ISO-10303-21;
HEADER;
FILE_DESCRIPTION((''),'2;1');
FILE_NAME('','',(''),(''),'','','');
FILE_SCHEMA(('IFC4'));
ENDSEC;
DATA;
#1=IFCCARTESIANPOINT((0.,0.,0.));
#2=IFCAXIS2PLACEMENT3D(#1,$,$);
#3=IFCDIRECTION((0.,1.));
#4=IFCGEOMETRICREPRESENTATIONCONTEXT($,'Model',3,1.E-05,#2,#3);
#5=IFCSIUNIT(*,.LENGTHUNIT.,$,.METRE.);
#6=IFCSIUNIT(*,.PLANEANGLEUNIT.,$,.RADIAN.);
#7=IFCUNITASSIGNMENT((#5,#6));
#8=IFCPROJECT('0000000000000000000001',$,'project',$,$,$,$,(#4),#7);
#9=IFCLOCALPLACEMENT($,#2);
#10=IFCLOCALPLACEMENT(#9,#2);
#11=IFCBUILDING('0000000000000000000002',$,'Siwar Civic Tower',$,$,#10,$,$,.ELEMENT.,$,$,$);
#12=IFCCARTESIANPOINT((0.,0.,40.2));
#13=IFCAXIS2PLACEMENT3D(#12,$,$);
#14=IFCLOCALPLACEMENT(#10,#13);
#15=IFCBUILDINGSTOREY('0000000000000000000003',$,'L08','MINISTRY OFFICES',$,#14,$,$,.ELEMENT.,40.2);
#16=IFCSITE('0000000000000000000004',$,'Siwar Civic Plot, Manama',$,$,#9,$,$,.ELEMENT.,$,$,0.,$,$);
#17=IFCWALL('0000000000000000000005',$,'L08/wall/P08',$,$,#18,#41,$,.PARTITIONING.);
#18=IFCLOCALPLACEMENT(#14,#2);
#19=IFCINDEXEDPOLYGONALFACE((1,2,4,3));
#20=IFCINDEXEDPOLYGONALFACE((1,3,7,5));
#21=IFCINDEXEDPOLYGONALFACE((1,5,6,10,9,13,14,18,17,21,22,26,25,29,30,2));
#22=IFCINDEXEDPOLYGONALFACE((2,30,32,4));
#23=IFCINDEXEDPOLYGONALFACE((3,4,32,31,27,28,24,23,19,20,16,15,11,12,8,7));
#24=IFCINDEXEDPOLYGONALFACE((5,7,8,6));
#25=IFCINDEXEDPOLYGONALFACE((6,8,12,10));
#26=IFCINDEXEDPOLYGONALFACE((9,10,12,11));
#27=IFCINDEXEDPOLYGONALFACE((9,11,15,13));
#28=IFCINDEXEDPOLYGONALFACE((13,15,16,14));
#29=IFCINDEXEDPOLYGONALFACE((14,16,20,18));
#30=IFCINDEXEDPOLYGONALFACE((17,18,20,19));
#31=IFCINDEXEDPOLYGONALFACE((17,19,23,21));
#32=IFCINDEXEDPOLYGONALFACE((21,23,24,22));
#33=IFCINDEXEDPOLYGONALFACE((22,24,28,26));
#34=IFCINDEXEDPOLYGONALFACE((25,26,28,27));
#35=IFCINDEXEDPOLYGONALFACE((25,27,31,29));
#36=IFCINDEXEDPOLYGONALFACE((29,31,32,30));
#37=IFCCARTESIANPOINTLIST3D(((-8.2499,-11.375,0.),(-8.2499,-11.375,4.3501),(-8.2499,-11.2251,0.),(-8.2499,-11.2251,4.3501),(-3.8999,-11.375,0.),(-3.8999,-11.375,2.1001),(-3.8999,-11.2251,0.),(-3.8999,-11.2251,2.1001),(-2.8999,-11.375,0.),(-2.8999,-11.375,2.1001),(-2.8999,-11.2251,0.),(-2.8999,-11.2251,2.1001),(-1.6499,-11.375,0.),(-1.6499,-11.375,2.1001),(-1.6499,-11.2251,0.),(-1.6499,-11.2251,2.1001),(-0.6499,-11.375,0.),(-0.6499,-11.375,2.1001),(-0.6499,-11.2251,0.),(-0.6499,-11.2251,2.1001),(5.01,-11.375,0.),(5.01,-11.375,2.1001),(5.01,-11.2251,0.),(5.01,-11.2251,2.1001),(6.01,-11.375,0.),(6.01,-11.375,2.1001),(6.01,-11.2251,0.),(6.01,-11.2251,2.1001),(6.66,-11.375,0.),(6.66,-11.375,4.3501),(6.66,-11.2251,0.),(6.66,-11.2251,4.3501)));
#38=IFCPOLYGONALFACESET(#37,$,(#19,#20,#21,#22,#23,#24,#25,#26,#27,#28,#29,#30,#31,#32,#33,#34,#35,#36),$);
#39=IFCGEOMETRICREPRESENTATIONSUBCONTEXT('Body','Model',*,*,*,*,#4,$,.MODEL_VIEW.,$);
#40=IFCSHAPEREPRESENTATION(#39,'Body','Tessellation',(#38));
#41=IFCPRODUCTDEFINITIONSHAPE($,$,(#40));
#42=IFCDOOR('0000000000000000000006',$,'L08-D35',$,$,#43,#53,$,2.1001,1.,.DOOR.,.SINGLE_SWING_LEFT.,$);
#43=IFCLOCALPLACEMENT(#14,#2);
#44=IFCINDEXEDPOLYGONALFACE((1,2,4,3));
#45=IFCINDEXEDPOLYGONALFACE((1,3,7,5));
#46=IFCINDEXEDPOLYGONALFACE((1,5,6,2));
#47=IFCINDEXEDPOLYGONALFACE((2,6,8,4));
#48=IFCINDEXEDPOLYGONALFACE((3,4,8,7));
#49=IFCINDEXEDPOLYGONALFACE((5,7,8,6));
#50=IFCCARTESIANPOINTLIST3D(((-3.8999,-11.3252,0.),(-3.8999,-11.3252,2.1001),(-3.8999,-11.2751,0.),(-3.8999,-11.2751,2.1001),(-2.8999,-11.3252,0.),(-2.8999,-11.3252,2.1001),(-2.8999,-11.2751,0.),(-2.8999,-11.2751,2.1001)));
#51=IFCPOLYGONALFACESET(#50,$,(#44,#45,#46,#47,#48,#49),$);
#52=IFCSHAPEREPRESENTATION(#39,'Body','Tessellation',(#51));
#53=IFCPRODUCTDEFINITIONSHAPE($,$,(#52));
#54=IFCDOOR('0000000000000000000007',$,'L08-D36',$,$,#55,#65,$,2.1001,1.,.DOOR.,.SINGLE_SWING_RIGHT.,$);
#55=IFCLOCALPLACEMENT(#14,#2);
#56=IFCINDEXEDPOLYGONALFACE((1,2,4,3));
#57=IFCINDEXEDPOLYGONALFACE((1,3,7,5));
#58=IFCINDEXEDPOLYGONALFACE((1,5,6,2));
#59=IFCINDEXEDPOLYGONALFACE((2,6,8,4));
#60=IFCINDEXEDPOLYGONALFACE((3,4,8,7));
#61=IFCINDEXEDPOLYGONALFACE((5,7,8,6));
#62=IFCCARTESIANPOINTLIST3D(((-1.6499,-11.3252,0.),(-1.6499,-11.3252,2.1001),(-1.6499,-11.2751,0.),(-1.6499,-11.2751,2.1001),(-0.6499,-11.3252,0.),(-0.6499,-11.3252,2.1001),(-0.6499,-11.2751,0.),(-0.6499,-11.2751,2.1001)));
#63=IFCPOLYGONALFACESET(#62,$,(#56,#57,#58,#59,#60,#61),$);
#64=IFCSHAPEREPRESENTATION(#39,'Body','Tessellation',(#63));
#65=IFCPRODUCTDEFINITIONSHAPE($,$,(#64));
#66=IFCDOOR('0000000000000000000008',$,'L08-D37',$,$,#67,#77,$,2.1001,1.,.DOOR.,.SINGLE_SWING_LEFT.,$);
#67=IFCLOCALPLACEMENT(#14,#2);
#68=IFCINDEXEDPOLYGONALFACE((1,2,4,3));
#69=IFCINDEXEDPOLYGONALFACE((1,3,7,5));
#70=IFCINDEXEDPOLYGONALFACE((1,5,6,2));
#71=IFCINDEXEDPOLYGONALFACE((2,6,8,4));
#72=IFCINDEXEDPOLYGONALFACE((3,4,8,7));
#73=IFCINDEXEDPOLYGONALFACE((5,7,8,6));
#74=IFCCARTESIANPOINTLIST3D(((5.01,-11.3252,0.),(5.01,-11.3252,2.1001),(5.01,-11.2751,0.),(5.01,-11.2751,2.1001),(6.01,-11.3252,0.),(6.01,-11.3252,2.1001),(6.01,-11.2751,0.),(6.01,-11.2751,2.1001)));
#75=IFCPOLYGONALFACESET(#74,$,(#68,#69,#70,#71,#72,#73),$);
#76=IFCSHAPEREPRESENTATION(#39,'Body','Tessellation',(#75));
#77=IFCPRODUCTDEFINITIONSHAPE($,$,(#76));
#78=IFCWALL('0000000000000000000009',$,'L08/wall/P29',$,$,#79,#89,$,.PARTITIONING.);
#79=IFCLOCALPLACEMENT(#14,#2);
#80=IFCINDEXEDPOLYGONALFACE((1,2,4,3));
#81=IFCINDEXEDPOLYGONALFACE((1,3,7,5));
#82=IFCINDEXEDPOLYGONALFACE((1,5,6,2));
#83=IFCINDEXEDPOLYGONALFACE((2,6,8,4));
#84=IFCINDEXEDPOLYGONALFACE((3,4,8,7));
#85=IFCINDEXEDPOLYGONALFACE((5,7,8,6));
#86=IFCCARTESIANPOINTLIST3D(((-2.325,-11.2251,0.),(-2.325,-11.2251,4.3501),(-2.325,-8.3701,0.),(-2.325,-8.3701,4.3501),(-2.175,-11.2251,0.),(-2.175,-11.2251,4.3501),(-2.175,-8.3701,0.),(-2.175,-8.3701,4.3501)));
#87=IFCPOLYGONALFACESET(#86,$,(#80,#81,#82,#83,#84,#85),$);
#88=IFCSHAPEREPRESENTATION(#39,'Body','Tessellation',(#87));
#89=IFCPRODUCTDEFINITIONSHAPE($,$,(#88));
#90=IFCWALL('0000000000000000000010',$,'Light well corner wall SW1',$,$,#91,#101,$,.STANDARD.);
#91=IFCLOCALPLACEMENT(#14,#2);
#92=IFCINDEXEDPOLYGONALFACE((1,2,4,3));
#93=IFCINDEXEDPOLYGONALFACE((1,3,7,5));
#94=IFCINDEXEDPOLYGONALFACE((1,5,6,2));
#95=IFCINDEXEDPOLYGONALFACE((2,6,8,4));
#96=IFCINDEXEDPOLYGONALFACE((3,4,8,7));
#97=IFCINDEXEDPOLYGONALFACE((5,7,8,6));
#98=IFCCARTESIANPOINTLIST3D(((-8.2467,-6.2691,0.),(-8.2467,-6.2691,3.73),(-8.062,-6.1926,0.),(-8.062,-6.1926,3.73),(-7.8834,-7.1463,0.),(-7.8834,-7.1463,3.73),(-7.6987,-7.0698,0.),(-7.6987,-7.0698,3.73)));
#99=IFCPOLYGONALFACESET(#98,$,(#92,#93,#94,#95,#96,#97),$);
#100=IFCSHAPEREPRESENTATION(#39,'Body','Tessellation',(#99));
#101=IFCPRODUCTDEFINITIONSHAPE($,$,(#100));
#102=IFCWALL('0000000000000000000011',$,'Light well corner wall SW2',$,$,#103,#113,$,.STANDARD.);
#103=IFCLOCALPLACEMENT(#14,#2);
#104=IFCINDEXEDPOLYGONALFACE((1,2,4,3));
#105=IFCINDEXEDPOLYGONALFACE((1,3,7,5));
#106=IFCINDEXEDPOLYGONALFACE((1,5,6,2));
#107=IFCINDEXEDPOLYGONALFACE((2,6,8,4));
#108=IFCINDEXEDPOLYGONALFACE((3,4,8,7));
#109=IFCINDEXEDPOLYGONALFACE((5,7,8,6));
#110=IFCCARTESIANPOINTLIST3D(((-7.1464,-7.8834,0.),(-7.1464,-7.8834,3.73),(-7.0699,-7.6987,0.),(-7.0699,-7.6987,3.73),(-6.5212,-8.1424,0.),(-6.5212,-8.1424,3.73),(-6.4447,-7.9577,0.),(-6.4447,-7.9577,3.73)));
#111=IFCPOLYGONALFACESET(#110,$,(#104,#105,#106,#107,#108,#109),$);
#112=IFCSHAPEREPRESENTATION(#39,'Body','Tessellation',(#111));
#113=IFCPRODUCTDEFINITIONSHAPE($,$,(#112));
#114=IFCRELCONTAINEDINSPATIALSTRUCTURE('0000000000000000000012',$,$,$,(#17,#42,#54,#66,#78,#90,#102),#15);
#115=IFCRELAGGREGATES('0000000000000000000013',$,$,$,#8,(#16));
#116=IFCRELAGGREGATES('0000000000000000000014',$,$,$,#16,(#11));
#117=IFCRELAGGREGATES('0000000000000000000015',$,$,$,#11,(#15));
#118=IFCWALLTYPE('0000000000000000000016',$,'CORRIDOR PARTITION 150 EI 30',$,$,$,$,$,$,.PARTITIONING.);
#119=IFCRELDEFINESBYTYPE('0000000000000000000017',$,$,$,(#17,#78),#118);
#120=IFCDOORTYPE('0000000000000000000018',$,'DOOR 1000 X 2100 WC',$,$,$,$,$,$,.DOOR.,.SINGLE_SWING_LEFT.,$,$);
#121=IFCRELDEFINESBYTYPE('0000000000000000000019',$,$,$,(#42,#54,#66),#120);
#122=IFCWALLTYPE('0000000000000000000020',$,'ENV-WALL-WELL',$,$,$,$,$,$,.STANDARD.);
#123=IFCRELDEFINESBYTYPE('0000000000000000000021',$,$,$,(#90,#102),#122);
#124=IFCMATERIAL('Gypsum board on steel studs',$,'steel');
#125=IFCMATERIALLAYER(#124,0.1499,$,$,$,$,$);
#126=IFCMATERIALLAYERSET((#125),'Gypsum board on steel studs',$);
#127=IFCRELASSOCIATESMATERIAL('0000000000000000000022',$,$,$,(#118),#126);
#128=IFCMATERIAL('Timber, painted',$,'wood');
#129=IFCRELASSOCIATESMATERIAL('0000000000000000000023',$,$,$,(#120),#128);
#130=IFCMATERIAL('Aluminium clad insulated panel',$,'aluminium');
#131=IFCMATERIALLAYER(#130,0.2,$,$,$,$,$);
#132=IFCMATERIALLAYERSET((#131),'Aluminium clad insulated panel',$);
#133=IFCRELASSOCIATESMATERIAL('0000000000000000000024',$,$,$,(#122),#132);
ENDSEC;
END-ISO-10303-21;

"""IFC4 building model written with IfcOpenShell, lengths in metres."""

from ifc_helpers import new_model, si_unit, direction, frame, frame_2d, origin, place, context, subcontext, project, spatial, rectangle, extrude, material, layer, layer_set, type_object, element, fill, save


model = new_model("IFC4")

# Units and contexts
model_context = context("Model", 3, precision=1e-05, world=origin(), true_north=direction((0.0, 1.0)))
body_context = subcontext(model_context, "Body", "Model", "MODEL_VIEW")
ifc_project = project(units=[si_unit("LENGTHUNIT", "METRE"), si_unit("PLANEANGLEUNIT", "RADIAN")], contexts=[model_context])

# Site, building, storey
site_placement = place(None, origin())
site = spatial("IfcSite", under=ifc_project, at=site_placement, Name="Siwar Civic Plot, Manama", CompositionType="ELEMENT", RefElevation=0.0)
building_placement = place(site_placement, origin())
building = spatial("IfcBuilding", under=site, at=building_placement, Name="Siwar Civic Tower", CompositionType="ELEMENT")
storey_placement = place(building_placement, frame((0.0, 0.0, 40.2)))
storey = spatial("IfcBuildingStorey", under=building, at=storey_placement, Name="L08", Description="MINISTRY OFFICES", CompositionType="ELEMENT", Elevation=40.2)

# Wall, openings, doors
ifc_material_1 = material(Name="Gypsum board on steel studs", Category="steel")
ifc_layer_1 = layer(ifc_material_1, 0.1499)
ifc_layer_set_1 = layer_set([ifc_layer_1], Name="Gypsum board on steel studs")
wall_type_1 = type_object("IfcWallType", Name="CORRIDOR PARTITION 150 EI 30", PredefinedType="PARTITIONING", material=ifc_layer_set_1)
wall_1_placement = place(storey_placement, frame((-8.25, -11.3, 0.0), z_axis=(0.0, 0.0, 1.0), x_axis=(1.0, 0.0, 0.0)))
wall_1 = element("IfcWall", 1, at=wall_1_placement, inside=storey, type_object=wall_type_1, Name="L08/wall/P08", PredefinedType="PARTITIONING", context=body_context, shape_type="SweptSolid", body=[
    extrude(rectangle(XDim=14.9099, YDim=0.1499, at=frame_2d((7.4551, 0.0))), origin(), (0.0, 0.0, 1.0), 4.3501),
])
opening_1_placement = place(wall_1_placement, frame((4.3501, 0.0, 0.0)))
opening_1 = element("IfcOpeningElement", 2, at=opening_1_placement, cuts=wall_1, PredefinedType="OPENING", context=body_context, shape_type="SweptSolid", body=[
    extrude(rectangle(XDim=1.0, YDim=2.1001, at=frame_2d((0.5, 1.05))), frame((0.0, 0.085, 0.0), z_axis=(0.0, -1.0, 0.0), x_axis=(1.0, 0.0, 0.0)), (0.0, 0.0, 1.0), 0.1699),
])
opening_2_placement = place(wall_1_placement, frame((6.6001, 0.0, 0.0)))
opening_2 = element("IfcOpeningElement", 3, at=opening_2_placement, cuts=wall_1, PredefinedType="OPENING", context=body_context, shape_type="SweptSolid", body=[
    extrude(rectangle(XDim=1.0, YDim=2.1001, at=frame_2d((0.5, 1.05))), frame((0.0, 0.085, 0.0), z_axis=(0.0, -1.0, 0.0), x_axis=(1.0, 0.0, 0.0)), (0.0, 0.0, 1.0), 0.1699),
])
opening_3_placement = place(wall_1_placement, frame((13.26, 0.0, 0.0)))
opening_3 = element("IfcOpeningElement", 4, at=opening_3_placement, cuts=wall_1, PredefinedType="OPENING", context=body_context, shape_type="SweptSolid", body=[
    extrude(rectangle(XDim=1.0, YDim=2.1001, at=frame_2d((0.5, 1.05))), frame((0.0, 0.085, 0.0), z_axis=(0.0, -1.0, 0.0), x_axis=(1.0, 0.0, 0.0)), (0.0, 0.0, 1.0), 0.1699),
])
ifc_material_2 = material(Name="Timber, painted", Category="wood")
door_type = type_object("IfcDoorType", Name="DOOR 1000 X 2100 WC", OperationType="SINGLE_SWING_LEFT", PredefinedType="DOOR", material=ifc_material_2)
door_1_placement = place(opening_1_placement, origin())
door_1 = element("IfcDoor", 5, at=door_1_placement, inside=storey, type_object=door_type, Name="L08-D35", OperationType="SINGLE_SWING_LEFT", OverallHeight=2.1001, OverallWidth=1.0, PredefinedType="DOOR", context=body_context, shape_type="SweptSolid", body=[
    extrude(rectangle(XDim=1.0, YDim=2.1001, at=frame_2d((0.5, 1.05))), frame((0.0, 0.0249, 0.0), z_axis=(0.0, -1.0, 0.0), x_axis=(1.0, 0.0, 0.0)), (0.0, 0.0, 1.0), 0.05),
])
fill(opening_1, door_1)
door_2_placement = place(opening_2_placement, origin())
door_2 = element("IfcDoor", 6, at=door_2_placement, inside=storey, type_object=door_type, Name="L08-D36", OperationType="SINGLE_SWING_RIGHT", OverallHeight=2.1001, OverallWidth=1.0, PredefinedType="DOOR", context=body_context, shape_type="SweptSolid", body=[
    extrude(rectangle(XDim=1.0, YDim=2.1001, at=frame_2d((0.5, 1.05))), frame((0.0, 0.0249, 0.0), z_axis=(0.0, -1.0, 0.0), x_axis=(1.0, 0.0, 0.0)), (0.0, 0.0, 1.0), 0.05),
])
fill(opening_2, door_2)
door_3_placement = place(opening_3_placement, origin())
door_3 = element("IfcDoor", 7, at=door_3_placement, inside=storey, type_object=door_type, Name="L08-D37", OperationType="SINGLE_SWING_LEFT", OverallHeight=2.1001, OverallWidth=1.0, PredefinedType="DOOR", context=body_context, shape_type="SweptSolid", body=[
    extrude(rectangle(XDim=1.0, YDim=2.1001, at=frame_2d((0.5, 1.05))), frame((0.0, 0.0249, 0.0), z_axis=(0.0, -1.0, 0.0), x_axis=(1.0, 0.0, 0.0)), (0.0, 0.0, 1.0), 0.05),
])
fill(opening_3, door_3)

# Walls
wall_2_placement = place(storey_placement, frame((-2.25, -11.2251, 0.0), z_axis=(0.0, 0.0, 1.0), x_axis=(0.0, 1.0, 0.0)))
element("IfcWall", 8, at=wall_2_placement, inside=storey, type_object=wall_type_1, Name="L08/wall/P29", PredefinedType="PARTITIONING", context=body_context, shape_type="SweptSolid", body=[
    extrude(rectangle(XDim=2.855, YDim=0.1499, at=frame_2d((1.4275, 0.0))), origin(), (0.0, 0.0, 1.0), 4.3501),
])
ifc_material_3 = material(Name="Aluminium clad insulated panel", Category="aluminium")
ifc_layer_2 = layer(ifc_material_3, 0.2)
ifc_layer_set_2 = layer_set([ifc_layer_2], Name="Aluminium clad insulated panel")
wall_type_2 = type_object("IfcWallType", Name="ENV-WALL-WELL", PredefinedType="STANDARD", material=ifc_layer_set_2)
wall_3_placement = place(storey_placement, frame((-8.1543, -6.231, 0.0), z_axis=(0.0, 0.0, 1.0), x_axis=(0.382624, -0.923904, 0.0)))
element("IfcWall", 9, at=wall_3_placement, inside=storey, type_object=wall_type_2, Name="Light well corner wall SW1", PredefinedType="STANDARD", context=body_context, shape_type="SweptSolid", body=[
    extrude(rectangle(XDim=0.9495, YDim=0.2, at=frame_2d((0.4746, 0.0))), origin(), (0.0, 0.0, 1.0), 3.73),
])
wall_4_placement = place(storey_placement, frame((-7.1082, -7.791, 0.0), z_axis=(0.0, 0.0, 1.0), x_axis=(0.923854, -0.382745, 0.0)))
element("IfcWall", 10, at=wall_4_placement, inside=storey, type_object=wall_type_2, Name="Light well corner wall SW2", PredefinedType="STANDARD", context=body_context, shape_type="SweptSolid", body=[
    extrude(rectangle(XDim=0.6768, YDim=0.2, at=frame_2d((0.3384, 0.0))), origin(), (0.0, 0.0, 1.0), 3.73),
])

save(model, "model.ifc")
